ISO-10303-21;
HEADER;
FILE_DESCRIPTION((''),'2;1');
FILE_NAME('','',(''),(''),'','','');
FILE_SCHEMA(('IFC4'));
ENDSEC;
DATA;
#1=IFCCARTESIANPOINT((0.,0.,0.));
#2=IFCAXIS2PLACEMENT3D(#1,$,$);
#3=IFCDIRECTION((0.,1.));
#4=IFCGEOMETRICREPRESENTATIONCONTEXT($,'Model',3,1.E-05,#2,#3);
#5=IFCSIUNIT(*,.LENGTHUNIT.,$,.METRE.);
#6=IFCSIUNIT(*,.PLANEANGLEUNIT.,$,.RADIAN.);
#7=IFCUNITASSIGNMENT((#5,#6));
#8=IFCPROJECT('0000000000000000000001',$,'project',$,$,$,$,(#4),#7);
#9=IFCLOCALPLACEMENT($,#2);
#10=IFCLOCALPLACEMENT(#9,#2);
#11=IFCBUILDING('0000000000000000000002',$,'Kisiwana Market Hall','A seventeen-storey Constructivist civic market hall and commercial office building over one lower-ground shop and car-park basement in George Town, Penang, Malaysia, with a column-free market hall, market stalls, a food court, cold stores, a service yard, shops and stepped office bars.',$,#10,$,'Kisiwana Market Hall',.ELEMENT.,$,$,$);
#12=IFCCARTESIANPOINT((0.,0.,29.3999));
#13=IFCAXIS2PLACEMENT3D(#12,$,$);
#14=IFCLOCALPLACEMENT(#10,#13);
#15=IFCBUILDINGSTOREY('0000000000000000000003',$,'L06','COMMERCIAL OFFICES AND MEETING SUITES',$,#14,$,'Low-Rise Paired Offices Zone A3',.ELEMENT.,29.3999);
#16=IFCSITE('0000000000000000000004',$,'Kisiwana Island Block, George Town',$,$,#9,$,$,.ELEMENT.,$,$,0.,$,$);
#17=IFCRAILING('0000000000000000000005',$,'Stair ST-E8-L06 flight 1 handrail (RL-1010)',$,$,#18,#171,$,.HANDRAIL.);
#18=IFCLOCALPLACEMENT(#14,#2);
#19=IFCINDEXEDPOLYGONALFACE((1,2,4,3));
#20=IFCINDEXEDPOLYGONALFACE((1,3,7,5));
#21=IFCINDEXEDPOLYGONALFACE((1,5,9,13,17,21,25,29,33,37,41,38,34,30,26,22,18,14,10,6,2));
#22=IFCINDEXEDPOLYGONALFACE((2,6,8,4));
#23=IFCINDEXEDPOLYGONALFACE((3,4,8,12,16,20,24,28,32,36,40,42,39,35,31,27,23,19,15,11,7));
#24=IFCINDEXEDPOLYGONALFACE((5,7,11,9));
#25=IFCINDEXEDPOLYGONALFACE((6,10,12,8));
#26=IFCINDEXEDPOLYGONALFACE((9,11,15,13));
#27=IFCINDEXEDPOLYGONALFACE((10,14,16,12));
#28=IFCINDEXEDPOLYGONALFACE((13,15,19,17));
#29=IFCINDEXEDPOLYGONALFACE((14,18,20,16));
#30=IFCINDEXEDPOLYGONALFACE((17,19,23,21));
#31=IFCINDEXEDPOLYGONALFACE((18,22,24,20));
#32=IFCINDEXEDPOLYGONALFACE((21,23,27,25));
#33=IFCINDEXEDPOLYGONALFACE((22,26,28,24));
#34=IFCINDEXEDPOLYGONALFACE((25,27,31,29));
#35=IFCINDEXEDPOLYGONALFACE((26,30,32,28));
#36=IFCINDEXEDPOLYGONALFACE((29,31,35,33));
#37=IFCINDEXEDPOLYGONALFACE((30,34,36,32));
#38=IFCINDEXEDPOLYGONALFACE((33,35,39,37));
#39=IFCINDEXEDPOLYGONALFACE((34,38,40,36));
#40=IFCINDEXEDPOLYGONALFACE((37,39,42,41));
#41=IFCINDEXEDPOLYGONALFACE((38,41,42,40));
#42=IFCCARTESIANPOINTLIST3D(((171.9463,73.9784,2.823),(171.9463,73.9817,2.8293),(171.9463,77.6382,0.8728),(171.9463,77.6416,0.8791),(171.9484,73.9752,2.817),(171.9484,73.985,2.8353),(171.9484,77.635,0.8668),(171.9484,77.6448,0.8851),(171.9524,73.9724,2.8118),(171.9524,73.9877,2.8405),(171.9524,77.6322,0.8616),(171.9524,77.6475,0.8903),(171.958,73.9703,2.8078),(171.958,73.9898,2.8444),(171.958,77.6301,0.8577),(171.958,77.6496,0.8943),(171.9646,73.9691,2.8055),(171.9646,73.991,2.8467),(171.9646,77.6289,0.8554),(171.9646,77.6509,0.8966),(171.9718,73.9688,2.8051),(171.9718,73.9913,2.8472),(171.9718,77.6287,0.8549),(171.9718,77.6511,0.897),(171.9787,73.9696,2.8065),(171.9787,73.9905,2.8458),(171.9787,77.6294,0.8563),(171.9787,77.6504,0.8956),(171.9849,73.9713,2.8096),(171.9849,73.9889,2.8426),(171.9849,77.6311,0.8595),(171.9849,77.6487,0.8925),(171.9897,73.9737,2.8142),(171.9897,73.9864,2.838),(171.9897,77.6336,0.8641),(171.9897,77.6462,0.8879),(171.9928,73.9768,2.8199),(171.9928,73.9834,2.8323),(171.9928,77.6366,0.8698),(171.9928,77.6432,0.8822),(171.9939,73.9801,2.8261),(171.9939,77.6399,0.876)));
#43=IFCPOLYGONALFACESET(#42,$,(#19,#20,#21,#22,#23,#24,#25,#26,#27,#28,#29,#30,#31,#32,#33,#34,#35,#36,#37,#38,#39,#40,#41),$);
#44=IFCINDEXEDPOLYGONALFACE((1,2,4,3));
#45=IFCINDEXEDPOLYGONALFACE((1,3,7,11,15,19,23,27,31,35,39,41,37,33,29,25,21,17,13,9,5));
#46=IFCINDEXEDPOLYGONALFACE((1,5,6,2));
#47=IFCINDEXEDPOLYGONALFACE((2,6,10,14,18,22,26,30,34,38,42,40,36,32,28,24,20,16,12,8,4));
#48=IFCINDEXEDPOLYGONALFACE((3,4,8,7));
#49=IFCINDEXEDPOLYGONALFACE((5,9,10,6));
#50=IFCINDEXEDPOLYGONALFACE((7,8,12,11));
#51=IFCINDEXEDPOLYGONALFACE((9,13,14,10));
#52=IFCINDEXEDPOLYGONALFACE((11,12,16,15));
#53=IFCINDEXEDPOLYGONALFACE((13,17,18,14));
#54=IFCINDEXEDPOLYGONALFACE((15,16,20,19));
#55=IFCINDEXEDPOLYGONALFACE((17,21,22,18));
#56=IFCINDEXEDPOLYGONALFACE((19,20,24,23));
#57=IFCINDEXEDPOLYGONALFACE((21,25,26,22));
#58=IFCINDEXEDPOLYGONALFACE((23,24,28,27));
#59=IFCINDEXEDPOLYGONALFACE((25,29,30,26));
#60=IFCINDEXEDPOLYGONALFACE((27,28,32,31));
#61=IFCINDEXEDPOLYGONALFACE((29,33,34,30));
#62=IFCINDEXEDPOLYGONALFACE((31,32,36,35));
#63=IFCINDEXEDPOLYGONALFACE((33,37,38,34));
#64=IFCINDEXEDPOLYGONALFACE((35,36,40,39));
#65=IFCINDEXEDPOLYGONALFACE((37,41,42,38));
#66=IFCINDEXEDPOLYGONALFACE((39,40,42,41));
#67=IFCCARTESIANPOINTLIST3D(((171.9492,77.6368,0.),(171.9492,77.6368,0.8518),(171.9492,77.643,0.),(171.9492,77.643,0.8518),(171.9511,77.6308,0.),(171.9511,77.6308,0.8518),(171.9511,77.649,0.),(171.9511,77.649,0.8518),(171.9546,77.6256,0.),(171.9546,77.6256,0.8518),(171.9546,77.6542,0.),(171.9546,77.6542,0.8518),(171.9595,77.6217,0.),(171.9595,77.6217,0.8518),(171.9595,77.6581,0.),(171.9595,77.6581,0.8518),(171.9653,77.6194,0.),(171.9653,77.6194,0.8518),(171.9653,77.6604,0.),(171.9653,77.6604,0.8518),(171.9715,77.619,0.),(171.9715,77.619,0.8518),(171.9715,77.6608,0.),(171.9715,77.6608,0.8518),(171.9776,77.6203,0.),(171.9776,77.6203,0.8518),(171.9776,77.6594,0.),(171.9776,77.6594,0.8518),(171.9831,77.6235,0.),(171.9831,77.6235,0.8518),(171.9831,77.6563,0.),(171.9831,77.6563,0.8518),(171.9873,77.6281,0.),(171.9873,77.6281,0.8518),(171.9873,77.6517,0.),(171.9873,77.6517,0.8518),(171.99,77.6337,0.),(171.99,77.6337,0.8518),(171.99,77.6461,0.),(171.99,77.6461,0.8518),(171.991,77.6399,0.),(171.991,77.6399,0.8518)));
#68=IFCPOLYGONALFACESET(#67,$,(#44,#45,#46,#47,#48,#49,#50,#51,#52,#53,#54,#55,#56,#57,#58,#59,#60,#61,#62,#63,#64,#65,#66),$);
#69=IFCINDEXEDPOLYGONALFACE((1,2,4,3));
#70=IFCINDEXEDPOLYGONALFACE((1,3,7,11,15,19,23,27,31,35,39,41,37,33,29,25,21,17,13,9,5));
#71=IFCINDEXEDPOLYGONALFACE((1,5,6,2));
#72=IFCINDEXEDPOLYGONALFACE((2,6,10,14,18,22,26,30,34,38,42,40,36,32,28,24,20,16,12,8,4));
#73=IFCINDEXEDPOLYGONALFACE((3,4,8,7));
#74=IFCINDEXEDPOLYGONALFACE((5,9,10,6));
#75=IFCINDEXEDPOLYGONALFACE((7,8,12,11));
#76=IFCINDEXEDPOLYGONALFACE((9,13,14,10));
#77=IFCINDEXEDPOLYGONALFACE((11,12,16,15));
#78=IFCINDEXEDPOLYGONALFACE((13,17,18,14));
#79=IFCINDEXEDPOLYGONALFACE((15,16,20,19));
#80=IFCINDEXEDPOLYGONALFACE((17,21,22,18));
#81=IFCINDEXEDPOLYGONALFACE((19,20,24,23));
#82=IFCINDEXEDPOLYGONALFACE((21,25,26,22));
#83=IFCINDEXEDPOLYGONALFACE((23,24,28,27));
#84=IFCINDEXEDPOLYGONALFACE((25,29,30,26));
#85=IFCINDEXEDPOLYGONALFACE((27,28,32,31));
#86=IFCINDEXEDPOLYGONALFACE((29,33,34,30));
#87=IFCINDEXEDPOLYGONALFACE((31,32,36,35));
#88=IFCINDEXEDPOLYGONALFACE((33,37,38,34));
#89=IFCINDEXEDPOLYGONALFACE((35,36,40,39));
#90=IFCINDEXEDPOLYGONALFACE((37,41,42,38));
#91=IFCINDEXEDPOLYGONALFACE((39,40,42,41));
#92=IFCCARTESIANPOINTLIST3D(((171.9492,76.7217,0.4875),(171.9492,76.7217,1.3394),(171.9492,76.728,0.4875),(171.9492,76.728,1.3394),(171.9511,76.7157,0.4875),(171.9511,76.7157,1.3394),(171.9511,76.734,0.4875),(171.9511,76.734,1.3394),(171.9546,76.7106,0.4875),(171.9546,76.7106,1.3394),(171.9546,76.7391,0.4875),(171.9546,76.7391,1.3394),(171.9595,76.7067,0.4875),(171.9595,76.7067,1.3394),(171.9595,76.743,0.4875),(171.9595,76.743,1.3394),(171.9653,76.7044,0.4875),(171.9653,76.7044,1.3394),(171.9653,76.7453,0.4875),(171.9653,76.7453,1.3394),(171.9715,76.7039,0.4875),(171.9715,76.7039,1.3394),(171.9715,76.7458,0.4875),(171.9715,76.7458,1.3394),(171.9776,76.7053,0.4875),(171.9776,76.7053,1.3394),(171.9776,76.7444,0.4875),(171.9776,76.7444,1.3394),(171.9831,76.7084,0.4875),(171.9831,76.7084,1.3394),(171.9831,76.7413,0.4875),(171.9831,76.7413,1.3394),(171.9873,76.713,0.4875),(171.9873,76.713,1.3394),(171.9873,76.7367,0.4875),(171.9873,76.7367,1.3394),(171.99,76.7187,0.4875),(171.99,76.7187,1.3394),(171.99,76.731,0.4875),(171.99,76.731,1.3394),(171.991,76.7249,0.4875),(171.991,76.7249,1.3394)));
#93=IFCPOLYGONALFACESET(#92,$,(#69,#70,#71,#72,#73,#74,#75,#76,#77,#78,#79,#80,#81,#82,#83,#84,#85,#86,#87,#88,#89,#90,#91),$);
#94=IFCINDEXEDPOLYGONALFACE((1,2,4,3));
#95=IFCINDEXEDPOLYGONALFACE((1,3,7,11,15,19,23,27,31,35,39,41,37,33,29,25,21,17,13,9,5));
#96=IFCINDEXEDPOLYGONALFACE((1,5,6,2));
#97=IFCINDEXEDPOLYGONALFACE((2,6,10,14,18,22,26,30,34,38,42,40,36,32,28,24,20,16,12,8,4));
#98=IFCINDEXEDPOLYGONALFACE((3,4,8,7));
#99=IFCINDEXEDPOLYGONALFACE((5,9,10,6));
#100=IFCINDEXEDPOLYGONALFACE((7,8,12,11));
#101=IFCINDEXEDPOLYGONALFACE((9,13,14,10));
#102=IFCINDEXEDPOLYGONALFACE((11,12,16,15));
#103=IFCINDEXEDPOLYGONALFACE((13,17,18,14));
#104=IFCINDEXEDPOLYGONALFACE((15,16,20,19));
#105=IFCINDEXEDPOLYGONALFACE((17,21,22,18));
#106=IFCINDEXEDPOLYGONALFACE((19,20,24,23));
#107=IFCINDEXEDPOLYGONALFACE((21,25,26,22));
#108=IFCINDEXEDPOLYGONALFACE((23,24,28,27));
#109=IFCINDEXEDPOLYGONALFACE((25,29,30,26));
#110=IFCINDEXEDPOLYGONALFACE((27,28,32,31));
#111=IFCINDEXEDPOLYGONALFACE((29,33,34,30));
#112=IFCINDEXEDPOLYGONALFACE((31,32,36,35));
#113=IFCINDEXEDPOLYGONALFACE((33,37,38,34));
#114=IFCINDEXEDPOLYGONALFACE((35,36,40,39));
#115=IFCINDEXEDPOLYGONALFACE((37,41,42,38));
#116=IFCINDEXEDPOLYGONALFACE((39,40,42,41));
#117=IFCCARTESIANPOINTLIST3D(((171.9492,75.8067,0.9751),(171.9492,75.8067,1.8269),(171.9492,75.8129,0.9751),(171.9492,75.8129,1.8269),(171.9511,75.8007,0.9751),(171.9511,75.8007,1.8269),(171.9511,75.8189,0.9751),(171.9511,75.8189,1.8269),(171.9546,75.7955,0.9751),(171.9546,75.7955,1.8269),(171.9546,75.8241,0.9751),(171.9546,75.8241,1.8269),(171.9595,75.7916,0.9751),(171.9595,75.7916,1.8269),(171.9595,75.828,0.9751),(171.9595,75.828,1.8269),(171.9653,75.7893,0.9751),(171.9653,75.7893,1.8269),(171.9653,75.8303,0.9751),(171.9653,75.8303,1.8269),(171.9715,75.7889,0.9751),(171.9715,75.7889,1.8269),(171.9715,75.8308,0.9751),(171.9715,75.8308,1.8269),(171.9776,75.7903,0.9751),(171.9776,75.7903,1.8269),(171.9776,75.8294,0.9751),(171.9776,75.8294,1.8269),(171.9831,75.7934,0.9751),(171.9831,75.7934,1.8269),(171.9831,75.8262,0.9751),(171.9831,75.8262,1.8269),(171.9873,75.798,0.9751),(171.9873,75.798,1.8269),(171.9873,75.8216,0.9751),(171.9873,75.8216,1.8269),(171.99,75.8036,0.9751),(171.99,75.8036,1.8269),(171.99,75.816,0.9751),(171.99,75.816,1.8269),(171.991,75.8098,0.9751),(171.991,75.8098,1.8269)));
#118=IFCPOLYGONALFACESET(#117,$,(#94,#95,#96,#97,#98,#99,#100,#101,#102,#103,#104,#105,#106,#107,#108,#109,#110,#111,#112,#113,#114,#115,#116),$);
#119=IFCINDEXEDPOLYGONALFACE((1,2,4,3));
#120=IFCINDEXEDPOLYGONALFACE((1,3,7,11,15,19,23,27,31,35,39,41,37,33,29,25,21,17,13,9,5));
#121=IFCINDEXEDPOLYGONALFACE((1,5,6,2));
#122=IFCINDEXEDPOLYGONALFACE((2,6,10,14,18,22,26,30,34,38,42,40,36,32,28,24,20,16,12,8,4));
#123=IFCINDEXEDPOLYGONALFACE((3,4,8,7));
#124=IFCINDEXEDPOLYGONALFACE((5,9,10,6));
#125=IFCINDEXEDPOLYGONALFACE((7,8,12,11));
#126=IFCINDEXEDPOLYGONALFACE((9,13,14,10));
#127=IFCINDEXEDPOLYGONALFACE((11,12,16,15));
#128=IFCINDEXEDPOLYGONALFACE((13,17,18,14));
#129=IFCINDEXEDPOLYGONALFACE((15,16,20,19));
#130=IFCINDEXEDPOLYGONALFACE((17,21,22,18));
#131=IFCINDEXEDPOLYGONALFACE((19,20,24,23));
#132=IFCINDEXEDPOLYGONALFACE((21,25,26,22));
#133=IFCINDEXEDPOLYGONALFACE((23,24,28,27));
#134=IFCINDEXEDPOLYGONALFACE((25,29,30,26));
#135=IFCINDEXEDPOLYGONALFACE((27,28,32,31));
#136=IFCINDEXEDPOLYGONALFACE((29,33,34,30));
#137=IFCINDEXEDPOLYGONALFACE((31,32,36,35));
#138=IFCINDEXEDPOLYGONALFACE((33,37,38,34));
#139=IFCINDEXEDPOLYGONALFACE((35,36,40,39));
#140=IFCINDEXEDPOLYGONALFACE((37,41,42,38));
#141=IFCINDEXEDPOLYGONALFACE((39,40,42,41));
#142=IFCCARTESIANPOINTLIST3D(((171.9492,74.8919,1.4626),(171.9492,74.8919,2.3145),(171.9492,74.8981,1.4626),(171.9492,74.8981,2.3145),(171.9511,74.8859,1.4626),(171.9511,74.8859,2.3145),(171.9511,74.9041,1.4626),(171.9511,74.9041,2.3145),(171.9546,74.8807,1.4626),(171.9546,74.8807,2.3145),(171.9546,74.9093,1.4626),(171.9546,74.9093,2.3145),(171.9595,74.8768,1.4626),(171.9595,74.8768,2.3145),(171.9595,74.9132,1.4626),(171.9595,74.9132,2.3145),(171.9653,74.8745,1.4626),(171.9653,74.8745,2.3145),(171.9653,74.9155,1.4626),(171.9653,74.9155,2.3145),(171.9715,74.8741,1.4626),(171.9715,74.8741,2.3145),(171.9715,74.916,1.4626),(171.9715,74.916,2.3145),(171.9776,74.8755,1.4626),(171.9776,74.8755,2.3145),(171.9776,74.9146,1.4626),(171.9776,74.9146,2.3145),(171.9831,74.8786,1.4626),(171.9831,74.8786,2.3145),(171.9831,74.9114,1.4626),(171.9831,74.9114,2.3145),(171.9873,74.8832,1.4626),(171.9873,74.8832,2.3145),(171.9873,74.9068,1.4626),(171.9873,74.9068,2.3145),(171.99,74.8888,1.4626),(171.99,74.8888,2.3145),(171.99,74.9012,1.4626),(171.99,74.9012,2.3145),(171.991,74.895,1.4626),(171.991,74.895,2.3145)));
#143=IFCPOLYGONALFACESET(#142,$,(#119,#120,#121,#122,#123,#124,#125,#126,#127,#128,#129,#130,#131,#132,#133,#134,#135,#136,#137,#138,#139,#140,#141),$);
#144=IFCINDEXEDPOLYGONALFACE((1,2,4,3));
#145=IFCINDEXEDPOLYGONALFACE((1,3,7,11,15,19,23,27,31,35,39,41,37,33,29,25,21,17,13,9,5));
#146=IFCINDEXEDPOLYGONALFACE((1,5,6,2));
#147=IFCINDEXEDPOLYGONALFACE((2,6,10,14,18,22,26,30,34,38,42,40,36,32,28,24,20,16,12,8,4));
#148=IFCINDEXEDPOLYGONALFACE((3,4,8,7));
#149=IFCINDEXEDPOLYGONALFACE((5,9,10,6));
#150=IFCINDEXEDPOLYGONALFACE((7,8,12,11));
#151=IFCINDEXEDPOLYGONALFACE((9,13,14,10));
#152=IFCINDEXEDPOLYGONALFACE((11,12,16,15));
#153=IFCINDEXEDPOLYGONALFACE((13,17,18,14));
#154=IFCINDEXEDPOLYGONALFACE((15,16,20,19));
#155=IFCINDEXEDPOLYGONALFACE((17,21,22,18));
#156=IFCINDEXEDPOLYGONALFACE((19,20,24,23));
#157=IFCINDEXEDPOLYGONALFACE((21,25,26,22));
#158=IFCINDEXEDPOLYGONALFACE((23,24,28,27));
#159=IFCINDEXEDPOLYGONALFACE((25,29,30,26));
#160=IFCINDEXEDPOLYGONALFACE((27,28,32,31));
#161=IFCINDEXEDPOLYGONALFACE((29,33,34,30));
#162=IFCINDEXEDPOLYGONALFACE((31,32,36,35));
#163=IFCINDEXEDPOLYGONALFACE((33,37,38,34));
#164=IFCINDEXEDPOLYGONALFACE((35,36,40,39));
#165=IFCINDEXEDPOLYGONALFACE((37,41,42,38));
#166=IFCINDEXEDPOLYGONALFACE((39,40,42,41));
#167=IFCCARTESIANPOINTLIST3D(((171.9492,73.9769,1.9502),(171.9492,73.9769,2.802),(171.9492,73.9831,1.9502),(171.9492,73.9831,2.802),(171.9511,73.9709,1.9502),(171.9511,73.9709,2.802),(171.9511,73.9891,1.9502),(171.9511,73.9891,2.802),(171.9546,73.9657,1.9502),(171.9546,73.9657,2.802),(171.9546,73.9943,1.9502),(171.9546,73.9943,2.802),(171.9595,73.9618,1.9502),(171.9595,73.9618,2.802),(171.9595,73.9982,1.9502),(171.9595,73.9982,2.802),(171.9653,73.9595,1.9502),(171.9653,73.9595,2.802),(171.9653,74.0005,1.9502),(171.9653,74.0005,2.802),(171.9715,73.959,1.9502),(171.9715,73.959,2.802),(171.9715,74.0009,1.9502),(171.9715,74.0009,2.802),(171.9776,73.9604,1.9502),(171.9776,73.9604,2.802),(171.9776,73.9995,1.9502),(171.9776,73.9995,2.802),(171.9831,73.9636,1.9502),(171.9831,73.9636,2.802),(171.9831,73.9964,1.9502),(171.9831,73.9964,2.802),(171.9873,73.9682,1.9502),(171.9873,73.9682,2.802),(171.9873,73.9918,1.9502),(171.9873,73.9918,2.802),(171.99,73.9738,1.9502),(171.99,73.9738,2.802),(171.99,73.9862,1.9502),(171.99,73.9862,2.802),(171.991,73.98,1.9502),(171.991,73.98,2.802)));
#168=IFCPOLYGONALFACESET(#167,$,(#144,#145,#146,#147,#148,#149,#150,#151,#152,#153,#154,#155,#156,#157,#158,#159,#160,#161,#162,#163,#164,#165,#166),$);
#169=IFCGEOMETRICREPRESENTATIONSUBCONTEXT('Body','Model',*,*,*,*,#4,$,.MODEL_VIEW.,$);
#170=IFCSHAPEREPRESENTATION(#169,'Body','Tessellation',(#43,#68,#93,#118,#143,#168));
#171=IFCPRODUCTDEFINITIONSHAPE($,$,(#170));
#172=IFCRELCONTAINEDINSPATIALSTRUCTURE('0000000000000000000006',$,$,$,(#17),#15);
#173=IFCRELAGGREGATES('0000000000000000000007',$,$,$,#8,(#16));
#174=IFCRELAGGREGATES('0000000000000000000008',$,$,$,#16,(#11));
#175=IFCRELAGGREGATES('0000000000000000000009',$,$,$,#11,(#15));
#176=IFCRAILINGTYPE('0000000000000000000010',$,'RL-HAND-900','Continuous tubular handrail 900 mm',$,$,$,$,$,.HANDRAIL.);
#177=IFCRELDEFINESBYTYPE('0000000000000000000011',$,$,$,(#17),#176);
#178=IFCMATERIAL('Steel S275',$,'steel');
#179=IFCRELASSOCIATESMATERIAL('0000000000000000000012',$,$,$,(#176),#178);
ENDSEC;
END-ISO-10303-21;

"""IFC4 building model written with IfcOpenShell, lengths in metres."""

from ifc_helpers import new_model, si_unit, direction, frame, origin, origin_2d, place, context, subcontext, project, spatial, circle, extrude, material, type_object, element, save


model = new_model("IFC4")

# Units and contexts
model_context = context("Model", 3, precision=1e-05, world=origin(), true_north=direction((0.0, 1.0)))
body_context = subcontext(model_context, "Body", "Model", "MODEL_VIEW")
ifc_project = project(units=[si_unit("LENGTHUNIT", "METRE"), si_unit("PLANEANGLEUNIT", "RADIAN")], contexts=[model_context])

# Site, building, storey
site_placement = place(None, origin())
site = spatial("IfcSite", under=ifc_project, at=site_placement, Name="Kisiwana Island Block, George Town", CompositionType="ELEMENT", RefElevation=0.0)
building_placement = place(site_placement, origin())
building = spatial("IfcBuilding", under=site, at=building_placement, Name="Kisiwana Market Hall", Description="A seventeen-storey Constructivist civic market hall and commercial office building over one lower-ground shop and car-park basement in George Town, Penang, Malaysia, with a column-free market hall, market stalls, a food court, cold stores, a service yard, shops and stepped office bars.", LongName="Kisiwana Market Hall", CompositionType="ELEMENT")
storey_placement = place(building_placement, frame((0.0, 0.0, 29.3999)))
storey = spatial("IfcBuildingStorey", under=building, at=storey_placement, Name="L06", Description="COMMERCIAL OFFICES AND MEETING SUITES", LongName="Low-Rise Paired Offices Zone A3", CompositionType="ELEMENT", Elevation=29.3999)

# Railing
ifc_material_1 = material(Name="Steel S275", Category="steel")
railing_type_1 = type_object("IfcRailingType", Name="RL-HAND-900", Description="Continuous tubular handrail 900 mm", PredefinedType="HANDRAIL", material=ifc_material_1)
railing_1_placement = place(storey_placement, frame((171.97, 77.6399, 0.0)))
element("IfcRailing", 1, at=railing_1_placement, inside=storey, type_object=railing_type_1, Name="Stair ST-E8-L06 flight 1 handrail (RL-1010)", PredefinedType="HANDRAIL", context=body_context, shape_type="SweptSolid", body=[
    extrude(circle(Radius=0.0239, at=origin_2d()), frame((0.0, 0.0, 0.876), z_axis=(0.0, -0.882529, 0.470258), x_axis=(1.0, 0.0, 0.0)), (0.0, 0.0, 1.0), 4.147),
    extrude(circle(Radius=0.021, at=origin_2d()), origin(), (0.0, 0.0, 1.0), 0.8518),
    extrude(circle(Radius=0.021, at=origin_2d()), frame((0.0, -0.915, 0.4875)), (0.0, 0.0, 1.0), 0.8518),
    extrude(circle(Radius=0.021, at=origin_2d()), frame((0.0, -1.8301, 0.9751)), (0.0, 0.0, 1.0), 0.8518),
    extrude(circle(Radius=0.021, at=origin_2d()), frame((0.0, -2.7449, 1.4626)), (0.0, 0.0, 1.0), 0.8518),
    extrude(circle(Radius=0.021, at=origin_2d()), frame((0.0, -3.6599, 1.9502)), (0.0, 0.0, 1.0), 0.8518),
])

save(model, "model.ifc")
